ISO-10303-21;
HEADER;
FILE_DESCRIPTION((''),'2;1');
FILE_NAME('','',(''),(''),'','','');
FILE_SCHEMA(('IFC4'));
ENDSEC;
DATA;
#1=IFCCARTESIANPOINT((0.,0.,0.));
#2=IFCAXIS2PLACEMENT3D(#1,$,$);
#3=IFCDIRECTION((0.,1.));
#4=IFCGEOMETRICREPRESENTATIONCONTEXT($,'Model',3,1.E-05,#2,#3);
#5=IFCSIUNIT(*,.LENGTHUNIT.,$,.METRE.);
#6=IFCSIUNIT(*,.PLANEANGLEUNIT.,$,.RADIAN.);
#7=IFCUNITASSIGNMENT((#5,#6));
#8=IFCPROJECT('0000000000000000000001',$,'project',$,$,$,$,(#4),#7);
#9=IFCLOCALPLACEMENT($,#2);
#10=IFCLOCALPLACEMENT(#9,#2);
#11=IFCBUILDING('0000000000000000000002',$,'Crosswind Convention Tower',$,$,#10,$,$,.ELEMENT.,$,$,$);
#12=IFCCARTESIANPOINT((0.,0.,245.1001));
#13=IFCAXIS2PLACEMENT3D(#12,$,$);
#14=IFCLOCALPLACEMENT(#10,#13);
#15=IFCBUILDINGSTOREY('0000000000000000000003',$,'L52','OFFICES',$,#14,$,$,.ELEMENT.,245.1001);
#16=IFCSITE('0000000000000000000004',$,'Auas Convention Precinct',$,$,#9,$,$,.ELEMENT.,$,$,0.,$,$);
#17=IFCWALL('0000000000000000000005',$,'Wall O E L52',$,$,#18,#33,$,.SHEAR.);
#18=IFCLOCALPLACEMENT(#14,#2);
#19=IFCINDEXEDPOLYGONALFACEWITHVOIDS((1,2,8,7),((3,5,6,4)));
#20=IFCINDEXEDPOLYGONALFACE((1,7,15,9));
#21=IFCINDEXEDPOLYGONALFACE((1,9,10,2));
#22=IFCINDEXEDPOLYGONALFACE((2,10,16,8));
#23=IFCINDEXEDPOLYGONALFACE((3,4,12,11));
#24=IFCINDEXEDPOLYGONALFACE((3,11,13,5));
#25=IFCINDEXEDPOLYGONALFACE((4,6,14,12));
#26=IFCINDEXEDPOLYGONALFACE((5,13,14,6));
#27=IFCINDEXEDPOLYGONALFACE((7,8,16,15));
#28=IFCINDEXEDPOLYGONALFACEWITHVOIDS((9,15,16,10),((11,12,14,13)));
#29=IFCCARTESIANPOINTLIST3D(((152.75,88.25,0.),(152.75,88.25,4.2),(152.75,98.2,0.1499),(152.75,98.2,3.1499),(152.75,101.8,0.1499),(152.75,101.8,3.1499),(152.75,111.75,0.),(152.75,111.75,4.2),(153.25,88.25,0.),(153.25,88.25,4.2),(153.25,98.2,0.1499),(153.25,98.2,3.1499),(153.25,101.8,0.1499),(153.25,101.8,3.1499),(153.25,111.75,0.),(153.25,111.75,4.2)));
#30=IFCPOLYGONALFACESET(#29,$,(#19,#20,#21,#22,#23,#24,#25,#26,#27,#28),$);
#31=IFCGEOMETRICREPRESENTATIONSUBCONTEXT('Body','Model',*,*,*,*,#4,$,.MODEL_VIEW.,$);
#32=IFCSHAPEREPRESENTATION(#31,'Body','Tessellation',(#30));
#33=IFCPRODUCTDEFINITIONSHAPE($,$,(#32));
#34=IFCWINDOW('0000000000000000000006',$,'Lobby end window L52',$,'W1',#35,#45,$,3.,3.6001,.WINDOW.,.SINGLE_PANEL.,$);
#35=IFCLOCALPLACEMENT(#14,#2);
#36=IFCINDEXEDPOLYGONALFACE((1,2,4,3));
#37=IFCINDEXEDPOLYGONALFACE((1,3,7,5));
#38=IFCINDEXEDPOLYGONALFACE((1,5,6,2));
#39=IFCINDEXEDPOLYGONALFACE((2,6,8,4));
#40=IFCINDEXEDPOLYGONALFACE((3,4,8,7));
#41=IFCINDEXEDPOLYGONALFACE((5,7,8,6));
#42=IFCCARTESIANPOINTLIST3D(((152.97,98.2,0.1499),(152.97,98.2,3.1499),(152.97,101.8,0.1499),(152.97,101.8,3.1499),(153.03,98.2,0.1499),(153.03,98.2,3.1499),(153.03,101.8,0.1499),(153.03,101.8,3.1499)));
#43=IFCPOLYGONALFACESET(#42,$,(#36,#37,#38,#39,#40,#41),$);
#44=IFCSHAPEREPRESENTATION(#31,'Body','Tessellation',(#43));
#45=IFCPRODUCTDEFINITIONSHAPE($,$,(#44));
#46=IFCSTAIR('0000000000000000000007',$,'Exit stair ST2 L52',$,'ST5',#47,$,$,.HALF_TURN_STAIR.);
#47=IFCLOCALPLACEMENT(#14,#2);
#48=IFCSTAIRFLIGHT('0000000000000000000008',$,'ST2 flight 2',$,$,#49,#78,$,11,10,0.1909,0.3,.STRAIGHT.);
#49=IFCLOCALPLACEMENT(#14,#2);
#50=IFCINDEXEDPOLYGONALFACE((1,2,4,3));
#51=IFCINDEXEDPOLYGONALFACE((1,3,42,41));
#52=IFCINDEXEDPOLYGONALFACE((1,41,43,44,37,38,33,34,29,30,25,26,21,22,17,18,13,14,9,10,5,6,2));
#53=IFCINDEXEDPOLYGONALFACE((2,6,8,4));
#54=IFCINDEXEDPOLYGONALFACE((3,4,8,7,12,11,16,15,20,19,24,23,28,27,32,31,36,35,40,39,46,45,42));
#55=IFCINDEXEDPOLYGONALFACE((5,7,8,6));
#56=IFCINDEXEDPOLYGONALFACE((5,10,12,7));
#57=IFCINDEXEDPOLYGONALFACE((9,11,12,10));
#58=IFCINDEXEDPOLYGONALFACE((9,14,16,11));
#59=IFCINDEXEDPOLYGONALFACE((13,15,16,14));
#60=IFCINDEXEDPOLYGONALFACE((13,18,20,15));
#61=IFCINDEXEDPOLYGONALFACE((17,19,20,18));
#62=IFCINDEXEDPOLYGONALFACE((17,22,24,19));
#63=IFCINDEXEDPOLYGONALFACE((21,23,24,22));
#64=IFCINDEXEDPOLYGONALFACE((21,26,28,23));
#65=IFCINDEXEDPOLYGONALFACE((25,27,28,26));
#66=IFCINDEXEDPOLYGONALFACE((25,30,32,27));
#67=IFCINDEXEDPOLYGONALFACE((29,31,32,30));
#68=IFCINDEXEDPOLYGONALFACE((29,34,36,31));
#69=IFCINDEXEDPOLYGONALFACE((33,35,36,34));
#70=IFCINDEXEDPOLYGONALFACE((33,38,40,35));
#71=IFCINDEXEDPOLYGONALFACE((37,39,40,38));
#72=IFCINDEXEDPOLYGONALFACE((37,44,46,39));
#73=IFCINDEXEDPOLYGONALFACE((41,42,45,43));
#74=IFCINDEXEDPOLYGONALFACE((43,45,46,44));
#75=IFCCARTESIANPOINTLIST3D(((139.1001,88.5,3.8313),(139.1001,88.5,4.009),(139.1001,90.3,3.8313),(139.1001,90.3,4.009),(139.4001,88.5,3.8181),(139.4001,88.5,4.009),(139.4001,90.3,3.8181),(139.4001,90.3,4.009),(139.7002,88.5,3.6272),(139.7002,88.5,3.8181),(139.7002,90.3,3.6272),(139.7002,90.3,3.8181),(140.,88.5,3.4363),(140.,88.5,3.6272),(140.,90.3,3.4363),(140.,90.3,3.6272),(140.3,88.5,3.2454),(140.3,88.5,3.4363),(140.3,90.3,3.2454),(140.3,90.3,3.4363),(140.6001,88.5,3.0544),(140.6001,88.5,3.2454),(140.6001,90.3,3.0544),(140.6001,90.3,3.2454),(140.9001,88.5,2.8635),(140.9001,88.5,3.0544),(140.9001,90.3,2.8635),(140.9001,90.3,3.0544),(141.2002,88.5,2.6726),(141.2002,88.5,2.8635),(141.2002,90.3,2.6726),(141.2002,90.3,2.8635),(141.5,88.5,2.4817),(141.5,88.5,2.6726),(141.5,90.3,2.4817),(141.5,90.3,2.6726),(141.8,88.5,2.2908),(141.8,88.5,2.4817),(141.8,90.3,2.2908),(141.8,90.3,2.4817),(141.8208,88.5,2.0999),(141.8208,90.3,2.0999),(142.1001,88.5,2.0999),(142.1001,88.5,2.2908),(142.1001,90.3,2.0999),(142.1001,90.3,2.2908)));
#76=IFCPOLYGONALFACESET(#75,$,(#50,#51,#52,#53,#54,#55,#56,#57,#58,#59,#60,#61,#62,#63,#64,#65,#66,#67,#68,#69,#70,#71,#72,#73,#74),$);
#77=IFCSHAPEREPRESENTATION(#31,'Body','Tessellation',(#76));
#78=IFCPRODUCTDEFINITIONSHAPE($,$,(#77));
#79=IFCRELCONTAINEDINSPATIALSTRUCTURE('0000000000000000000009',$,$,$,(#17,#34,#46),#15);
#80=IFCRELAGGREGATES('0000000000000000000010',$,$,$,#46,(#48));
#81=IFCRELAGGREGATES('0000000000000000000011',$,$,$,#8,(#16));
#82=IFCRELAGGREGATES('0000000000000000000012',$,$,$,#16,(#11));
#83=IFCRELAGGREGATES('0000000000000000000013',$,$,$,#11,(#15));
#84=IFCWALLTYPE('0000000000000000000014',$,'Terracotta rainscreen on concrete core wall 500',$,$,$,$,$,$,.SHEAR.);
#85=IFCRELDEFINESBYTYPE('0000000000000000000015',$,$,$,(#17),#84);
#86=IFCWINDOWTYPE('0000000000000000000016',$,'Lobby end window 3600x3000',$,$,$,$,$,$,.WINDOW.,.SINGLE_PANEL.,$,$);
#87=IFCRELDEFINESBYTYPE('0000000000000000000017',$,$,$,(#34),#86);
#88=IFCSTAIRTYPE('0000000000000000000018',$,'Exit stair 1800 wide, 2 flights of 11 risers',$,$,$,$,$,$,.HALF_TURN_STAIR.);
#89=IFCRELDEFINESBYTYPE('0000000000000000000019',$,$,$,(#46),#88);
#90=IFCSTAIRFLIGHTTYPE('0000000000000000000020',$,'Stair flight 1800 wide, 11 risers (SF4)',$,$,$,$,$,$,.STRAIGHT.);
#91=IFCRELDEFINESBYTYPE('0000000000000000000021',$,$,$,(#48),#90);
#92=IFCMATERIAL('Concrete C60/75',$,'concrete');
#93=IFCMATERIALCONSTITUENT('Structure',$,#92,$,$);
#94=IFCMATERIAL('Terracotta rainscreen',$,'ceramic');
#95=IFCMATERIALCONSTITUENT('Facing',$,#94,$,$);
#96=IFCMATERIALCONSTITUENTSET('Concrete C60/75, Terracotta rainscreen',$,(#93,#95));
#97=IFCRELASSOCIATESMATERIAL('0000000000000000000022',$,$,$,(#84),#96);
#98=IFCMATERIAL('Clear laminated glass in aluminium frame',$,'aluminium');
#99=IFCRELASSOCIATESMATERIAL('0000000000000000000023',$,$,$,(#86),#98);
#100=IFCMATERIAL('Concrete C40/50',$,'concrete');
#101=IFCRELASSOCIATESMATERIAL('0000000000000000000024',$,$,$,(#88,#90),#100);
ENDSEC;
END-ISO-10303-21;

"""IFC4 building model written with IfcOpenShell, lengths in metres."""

from ifc_helpers import new_model, si_unit, direction, frame, frame_2d, origin, place, context, subcontext, project, spatial, polyline, rectangle, outline, extrude, material, constituent, constituent_set, type_object, element, fill, aggregate, save


model = new_model("IFC4")

# Units and contexts
model_context = context("Model", 3, precision=1e-05, world=origin(), true_north=direction((0.0, 1.0)))
body_context = subcontext(model_context, "Body", "Model", "MODEL_VIEW")
ifc_project = project(units=[si_unit("LENGTHUNIT", "METRE"), si_unit("PLANEANGLEUNIT", "RADIAN")], contexts=[model_context])

# Site, building, storey
site_placement = place(None, origin())
site = spatial("IfcSite", under=ifc_project, at=site_placement, Name="Auas Convention Precinct", CompositionType="ELEMENT", RefElevation=0.0)
building_placement = place(site_placement, origin())
building = spatial("IfcBuilding", under=site, at=building_placement, Name="Crosswind Convention Tower", CompositionType="ELEMENT")
storey_placement = place(building_placement, frame((0.0, 0.0, 245.1001)))
storey = spatial("IfcBuildingStorey", under=building, at=storey_placement, Name="L52", Description="OFFICES", CompositionType="ELEMENT", Elevation=245.1001)

# Wall, opening, window
ifc_material_1 = material(Name="Concrete C60/75", Category="concrete")
ifc_constituent_1 = constituent(ifc_material_1, Name="Structure")
ifc_material_2 = material(Name="Terracotta rainscreen", Category="ceramic")
ifc_constituent_2 = constituent(ifc_material_2, Name="Facing")
ifc_constituent_set = constituent_set(constituents=[ifc_constituent_1, ifc_constituent_2], Name="Concrete C60/75, Terracotta rainscreen")
wall_type_1 = type_object("IfcWallType", Name="Terracotta rainscreen on concrete core wall 500", PredefinedType="SHEAR", material=ifc_constituent_set)
wall_1_placement = place(storey_placement, frame((153.0, 88.25, 0.0), z_axis=(0.0, 0.0, 1.0), x_axis=(0.0, 1.0, 0.0)))
wall_1 = element("IfcWall", 1, at=wall_1_placement, inside=storey, type_object=wall_type_1, Name="Wall O E L52", PredefinedType="SHEAR", context=body_context, shape_type="SweptSolid", body=[
    extrude(rectangle(XDim=23.5, YDim=0.5, at=frame_2d((11.75, 0.0))), origin(), (0.0, 0.0, 1.0), 4.2),
])
opening_1_placement = place(wall_1_placement, frame((9.95, 0.0, 0.1499)))
opening_1 = element("IfcOpeningElement", 2, at=opening_1_placement, cuts=wall_1, PredefinedType="OPENING", context=body_context, shape_type="SweptSolid", body=[
    extrude(rectangle(XDim=3.6001, YDim=3.0, at=frame_2d((1.8, 1.5))), frame((0.0, 0.26, 0.0), z_axis=(0.0, -1.0, 0.0), x_axis=(1.0, 0.0, 0.0)), (0.0, 0.0, 1.0), 0.52),
])
ifc_material_3 = material(Name="Clear laminated glass in aluminium frame", Category="aluminium")
window_type = type_object("IfcWindowType", Name="Lobby end window 3600x3000", PartitioningType="SINGLE_PANEL", PredefinedType="WINDOW", material=ifc_material_3)
window_placement = place(opening_1_placement, origin())
window = element("IfcWindow", 3, at=window_placement, inside=storey, type_object=window_type, Name="Lobby end window L52", ObjectType="W1", OverallHeight=3.0, OverallWidth=3.6001, PartitioningType="SINGLE_PANEL", PredefinedType="WINDOW", context=body_context, shape_type="SweptSolid", body=[
    extrude(rectangle(XDim=3.6001, YDim=3.0, at=frame_2d((1.8, 1.5))), frame((0.0, 0.03, 0.0), z_axis=(0.0, -1.0, 0.0), x_axis=(1.0, 0.0, 0.0)), (0.0, 0.0, 1.0), 0.0601),
])
fill(opening_1, window)

# Stair, stair flight
ifc_material_4 = material(Name="Concrete C40/50", Category="concrete")
stair_type = type_object("IfcStairType", Name="Exit stair 1800 wide, 2 flights of 11 risers", PredefinedType="HALF_TURN_STAIR", material=ifc_material_4)
stair_placement = place(storey_placement, origin())
stair = element("IfcStair", 4, at=stair_placement, inside=storey, type_object=stair_type, Name="Exit stair ST2 L52", ObjectType="ST5", PredefinedType="HALF_TURN_STAIR")
stair_flight_type = type_object("IfcStairFlightType", Name="Stair flight 1800 wide, 11 risers (SF4)", PredefinedType="STRAIGHT", material=ifc_material_4)
stair_flight_placement = place(storey_placement, frame((142.1001, 89.3999, 2.0999), z_axis=(0.0, 0.0, 1.0), x_axis=(-1.0, 0.0, 0.0)))
stair_flight = element("IfcStairFlight", 5, at=stair_flight_placement, type_object=stair_flight_type, Name="ST2 flight 2", NumberOfRisers=11, NumberOfTreads=10, PredefinedType="STRAIGHT", RiserHeight=0.1909, TreadLength=0.3, context=body_context, shape_type="SweptSolid", body=[
    extrude(outline(polyline([(0.0, 0.0), (0.0, 0.1909), (0.3, 0.1909), (0.3, 0.3818), (0.6001, 0.3818), (0.6001, 0.5728), (0.8999, 0.5728), (0.8999, 0.7637), (1.2, 0.7637), (1.2, 0.9546), (1.5, 0.9546), (1.5, 1.1455), (1.8, 1.1455), (1.8, 1.3364), (2.1001, 1.3364), (2.1001, 1.5273), (2.3999, 1.5273), (2.3999, 1.7183), (2.7, 1.7183), (2.7, 1.9092), (3.0, 1.9092), (3.0, 2.1001), (3.0, 1.7314), (0.2793, 0.0), (0.0, 0.0)])), frame((0.0, 0.8999, 0.0), z_axis=(0.0, -1.0, 0.0), x_axis=(1.0, 0.0, 0.0)), (0.0, 0.0, 1.0), 1.8),
])
aggregate(stair, [stair_flight])

save(model, "model.ifc")
